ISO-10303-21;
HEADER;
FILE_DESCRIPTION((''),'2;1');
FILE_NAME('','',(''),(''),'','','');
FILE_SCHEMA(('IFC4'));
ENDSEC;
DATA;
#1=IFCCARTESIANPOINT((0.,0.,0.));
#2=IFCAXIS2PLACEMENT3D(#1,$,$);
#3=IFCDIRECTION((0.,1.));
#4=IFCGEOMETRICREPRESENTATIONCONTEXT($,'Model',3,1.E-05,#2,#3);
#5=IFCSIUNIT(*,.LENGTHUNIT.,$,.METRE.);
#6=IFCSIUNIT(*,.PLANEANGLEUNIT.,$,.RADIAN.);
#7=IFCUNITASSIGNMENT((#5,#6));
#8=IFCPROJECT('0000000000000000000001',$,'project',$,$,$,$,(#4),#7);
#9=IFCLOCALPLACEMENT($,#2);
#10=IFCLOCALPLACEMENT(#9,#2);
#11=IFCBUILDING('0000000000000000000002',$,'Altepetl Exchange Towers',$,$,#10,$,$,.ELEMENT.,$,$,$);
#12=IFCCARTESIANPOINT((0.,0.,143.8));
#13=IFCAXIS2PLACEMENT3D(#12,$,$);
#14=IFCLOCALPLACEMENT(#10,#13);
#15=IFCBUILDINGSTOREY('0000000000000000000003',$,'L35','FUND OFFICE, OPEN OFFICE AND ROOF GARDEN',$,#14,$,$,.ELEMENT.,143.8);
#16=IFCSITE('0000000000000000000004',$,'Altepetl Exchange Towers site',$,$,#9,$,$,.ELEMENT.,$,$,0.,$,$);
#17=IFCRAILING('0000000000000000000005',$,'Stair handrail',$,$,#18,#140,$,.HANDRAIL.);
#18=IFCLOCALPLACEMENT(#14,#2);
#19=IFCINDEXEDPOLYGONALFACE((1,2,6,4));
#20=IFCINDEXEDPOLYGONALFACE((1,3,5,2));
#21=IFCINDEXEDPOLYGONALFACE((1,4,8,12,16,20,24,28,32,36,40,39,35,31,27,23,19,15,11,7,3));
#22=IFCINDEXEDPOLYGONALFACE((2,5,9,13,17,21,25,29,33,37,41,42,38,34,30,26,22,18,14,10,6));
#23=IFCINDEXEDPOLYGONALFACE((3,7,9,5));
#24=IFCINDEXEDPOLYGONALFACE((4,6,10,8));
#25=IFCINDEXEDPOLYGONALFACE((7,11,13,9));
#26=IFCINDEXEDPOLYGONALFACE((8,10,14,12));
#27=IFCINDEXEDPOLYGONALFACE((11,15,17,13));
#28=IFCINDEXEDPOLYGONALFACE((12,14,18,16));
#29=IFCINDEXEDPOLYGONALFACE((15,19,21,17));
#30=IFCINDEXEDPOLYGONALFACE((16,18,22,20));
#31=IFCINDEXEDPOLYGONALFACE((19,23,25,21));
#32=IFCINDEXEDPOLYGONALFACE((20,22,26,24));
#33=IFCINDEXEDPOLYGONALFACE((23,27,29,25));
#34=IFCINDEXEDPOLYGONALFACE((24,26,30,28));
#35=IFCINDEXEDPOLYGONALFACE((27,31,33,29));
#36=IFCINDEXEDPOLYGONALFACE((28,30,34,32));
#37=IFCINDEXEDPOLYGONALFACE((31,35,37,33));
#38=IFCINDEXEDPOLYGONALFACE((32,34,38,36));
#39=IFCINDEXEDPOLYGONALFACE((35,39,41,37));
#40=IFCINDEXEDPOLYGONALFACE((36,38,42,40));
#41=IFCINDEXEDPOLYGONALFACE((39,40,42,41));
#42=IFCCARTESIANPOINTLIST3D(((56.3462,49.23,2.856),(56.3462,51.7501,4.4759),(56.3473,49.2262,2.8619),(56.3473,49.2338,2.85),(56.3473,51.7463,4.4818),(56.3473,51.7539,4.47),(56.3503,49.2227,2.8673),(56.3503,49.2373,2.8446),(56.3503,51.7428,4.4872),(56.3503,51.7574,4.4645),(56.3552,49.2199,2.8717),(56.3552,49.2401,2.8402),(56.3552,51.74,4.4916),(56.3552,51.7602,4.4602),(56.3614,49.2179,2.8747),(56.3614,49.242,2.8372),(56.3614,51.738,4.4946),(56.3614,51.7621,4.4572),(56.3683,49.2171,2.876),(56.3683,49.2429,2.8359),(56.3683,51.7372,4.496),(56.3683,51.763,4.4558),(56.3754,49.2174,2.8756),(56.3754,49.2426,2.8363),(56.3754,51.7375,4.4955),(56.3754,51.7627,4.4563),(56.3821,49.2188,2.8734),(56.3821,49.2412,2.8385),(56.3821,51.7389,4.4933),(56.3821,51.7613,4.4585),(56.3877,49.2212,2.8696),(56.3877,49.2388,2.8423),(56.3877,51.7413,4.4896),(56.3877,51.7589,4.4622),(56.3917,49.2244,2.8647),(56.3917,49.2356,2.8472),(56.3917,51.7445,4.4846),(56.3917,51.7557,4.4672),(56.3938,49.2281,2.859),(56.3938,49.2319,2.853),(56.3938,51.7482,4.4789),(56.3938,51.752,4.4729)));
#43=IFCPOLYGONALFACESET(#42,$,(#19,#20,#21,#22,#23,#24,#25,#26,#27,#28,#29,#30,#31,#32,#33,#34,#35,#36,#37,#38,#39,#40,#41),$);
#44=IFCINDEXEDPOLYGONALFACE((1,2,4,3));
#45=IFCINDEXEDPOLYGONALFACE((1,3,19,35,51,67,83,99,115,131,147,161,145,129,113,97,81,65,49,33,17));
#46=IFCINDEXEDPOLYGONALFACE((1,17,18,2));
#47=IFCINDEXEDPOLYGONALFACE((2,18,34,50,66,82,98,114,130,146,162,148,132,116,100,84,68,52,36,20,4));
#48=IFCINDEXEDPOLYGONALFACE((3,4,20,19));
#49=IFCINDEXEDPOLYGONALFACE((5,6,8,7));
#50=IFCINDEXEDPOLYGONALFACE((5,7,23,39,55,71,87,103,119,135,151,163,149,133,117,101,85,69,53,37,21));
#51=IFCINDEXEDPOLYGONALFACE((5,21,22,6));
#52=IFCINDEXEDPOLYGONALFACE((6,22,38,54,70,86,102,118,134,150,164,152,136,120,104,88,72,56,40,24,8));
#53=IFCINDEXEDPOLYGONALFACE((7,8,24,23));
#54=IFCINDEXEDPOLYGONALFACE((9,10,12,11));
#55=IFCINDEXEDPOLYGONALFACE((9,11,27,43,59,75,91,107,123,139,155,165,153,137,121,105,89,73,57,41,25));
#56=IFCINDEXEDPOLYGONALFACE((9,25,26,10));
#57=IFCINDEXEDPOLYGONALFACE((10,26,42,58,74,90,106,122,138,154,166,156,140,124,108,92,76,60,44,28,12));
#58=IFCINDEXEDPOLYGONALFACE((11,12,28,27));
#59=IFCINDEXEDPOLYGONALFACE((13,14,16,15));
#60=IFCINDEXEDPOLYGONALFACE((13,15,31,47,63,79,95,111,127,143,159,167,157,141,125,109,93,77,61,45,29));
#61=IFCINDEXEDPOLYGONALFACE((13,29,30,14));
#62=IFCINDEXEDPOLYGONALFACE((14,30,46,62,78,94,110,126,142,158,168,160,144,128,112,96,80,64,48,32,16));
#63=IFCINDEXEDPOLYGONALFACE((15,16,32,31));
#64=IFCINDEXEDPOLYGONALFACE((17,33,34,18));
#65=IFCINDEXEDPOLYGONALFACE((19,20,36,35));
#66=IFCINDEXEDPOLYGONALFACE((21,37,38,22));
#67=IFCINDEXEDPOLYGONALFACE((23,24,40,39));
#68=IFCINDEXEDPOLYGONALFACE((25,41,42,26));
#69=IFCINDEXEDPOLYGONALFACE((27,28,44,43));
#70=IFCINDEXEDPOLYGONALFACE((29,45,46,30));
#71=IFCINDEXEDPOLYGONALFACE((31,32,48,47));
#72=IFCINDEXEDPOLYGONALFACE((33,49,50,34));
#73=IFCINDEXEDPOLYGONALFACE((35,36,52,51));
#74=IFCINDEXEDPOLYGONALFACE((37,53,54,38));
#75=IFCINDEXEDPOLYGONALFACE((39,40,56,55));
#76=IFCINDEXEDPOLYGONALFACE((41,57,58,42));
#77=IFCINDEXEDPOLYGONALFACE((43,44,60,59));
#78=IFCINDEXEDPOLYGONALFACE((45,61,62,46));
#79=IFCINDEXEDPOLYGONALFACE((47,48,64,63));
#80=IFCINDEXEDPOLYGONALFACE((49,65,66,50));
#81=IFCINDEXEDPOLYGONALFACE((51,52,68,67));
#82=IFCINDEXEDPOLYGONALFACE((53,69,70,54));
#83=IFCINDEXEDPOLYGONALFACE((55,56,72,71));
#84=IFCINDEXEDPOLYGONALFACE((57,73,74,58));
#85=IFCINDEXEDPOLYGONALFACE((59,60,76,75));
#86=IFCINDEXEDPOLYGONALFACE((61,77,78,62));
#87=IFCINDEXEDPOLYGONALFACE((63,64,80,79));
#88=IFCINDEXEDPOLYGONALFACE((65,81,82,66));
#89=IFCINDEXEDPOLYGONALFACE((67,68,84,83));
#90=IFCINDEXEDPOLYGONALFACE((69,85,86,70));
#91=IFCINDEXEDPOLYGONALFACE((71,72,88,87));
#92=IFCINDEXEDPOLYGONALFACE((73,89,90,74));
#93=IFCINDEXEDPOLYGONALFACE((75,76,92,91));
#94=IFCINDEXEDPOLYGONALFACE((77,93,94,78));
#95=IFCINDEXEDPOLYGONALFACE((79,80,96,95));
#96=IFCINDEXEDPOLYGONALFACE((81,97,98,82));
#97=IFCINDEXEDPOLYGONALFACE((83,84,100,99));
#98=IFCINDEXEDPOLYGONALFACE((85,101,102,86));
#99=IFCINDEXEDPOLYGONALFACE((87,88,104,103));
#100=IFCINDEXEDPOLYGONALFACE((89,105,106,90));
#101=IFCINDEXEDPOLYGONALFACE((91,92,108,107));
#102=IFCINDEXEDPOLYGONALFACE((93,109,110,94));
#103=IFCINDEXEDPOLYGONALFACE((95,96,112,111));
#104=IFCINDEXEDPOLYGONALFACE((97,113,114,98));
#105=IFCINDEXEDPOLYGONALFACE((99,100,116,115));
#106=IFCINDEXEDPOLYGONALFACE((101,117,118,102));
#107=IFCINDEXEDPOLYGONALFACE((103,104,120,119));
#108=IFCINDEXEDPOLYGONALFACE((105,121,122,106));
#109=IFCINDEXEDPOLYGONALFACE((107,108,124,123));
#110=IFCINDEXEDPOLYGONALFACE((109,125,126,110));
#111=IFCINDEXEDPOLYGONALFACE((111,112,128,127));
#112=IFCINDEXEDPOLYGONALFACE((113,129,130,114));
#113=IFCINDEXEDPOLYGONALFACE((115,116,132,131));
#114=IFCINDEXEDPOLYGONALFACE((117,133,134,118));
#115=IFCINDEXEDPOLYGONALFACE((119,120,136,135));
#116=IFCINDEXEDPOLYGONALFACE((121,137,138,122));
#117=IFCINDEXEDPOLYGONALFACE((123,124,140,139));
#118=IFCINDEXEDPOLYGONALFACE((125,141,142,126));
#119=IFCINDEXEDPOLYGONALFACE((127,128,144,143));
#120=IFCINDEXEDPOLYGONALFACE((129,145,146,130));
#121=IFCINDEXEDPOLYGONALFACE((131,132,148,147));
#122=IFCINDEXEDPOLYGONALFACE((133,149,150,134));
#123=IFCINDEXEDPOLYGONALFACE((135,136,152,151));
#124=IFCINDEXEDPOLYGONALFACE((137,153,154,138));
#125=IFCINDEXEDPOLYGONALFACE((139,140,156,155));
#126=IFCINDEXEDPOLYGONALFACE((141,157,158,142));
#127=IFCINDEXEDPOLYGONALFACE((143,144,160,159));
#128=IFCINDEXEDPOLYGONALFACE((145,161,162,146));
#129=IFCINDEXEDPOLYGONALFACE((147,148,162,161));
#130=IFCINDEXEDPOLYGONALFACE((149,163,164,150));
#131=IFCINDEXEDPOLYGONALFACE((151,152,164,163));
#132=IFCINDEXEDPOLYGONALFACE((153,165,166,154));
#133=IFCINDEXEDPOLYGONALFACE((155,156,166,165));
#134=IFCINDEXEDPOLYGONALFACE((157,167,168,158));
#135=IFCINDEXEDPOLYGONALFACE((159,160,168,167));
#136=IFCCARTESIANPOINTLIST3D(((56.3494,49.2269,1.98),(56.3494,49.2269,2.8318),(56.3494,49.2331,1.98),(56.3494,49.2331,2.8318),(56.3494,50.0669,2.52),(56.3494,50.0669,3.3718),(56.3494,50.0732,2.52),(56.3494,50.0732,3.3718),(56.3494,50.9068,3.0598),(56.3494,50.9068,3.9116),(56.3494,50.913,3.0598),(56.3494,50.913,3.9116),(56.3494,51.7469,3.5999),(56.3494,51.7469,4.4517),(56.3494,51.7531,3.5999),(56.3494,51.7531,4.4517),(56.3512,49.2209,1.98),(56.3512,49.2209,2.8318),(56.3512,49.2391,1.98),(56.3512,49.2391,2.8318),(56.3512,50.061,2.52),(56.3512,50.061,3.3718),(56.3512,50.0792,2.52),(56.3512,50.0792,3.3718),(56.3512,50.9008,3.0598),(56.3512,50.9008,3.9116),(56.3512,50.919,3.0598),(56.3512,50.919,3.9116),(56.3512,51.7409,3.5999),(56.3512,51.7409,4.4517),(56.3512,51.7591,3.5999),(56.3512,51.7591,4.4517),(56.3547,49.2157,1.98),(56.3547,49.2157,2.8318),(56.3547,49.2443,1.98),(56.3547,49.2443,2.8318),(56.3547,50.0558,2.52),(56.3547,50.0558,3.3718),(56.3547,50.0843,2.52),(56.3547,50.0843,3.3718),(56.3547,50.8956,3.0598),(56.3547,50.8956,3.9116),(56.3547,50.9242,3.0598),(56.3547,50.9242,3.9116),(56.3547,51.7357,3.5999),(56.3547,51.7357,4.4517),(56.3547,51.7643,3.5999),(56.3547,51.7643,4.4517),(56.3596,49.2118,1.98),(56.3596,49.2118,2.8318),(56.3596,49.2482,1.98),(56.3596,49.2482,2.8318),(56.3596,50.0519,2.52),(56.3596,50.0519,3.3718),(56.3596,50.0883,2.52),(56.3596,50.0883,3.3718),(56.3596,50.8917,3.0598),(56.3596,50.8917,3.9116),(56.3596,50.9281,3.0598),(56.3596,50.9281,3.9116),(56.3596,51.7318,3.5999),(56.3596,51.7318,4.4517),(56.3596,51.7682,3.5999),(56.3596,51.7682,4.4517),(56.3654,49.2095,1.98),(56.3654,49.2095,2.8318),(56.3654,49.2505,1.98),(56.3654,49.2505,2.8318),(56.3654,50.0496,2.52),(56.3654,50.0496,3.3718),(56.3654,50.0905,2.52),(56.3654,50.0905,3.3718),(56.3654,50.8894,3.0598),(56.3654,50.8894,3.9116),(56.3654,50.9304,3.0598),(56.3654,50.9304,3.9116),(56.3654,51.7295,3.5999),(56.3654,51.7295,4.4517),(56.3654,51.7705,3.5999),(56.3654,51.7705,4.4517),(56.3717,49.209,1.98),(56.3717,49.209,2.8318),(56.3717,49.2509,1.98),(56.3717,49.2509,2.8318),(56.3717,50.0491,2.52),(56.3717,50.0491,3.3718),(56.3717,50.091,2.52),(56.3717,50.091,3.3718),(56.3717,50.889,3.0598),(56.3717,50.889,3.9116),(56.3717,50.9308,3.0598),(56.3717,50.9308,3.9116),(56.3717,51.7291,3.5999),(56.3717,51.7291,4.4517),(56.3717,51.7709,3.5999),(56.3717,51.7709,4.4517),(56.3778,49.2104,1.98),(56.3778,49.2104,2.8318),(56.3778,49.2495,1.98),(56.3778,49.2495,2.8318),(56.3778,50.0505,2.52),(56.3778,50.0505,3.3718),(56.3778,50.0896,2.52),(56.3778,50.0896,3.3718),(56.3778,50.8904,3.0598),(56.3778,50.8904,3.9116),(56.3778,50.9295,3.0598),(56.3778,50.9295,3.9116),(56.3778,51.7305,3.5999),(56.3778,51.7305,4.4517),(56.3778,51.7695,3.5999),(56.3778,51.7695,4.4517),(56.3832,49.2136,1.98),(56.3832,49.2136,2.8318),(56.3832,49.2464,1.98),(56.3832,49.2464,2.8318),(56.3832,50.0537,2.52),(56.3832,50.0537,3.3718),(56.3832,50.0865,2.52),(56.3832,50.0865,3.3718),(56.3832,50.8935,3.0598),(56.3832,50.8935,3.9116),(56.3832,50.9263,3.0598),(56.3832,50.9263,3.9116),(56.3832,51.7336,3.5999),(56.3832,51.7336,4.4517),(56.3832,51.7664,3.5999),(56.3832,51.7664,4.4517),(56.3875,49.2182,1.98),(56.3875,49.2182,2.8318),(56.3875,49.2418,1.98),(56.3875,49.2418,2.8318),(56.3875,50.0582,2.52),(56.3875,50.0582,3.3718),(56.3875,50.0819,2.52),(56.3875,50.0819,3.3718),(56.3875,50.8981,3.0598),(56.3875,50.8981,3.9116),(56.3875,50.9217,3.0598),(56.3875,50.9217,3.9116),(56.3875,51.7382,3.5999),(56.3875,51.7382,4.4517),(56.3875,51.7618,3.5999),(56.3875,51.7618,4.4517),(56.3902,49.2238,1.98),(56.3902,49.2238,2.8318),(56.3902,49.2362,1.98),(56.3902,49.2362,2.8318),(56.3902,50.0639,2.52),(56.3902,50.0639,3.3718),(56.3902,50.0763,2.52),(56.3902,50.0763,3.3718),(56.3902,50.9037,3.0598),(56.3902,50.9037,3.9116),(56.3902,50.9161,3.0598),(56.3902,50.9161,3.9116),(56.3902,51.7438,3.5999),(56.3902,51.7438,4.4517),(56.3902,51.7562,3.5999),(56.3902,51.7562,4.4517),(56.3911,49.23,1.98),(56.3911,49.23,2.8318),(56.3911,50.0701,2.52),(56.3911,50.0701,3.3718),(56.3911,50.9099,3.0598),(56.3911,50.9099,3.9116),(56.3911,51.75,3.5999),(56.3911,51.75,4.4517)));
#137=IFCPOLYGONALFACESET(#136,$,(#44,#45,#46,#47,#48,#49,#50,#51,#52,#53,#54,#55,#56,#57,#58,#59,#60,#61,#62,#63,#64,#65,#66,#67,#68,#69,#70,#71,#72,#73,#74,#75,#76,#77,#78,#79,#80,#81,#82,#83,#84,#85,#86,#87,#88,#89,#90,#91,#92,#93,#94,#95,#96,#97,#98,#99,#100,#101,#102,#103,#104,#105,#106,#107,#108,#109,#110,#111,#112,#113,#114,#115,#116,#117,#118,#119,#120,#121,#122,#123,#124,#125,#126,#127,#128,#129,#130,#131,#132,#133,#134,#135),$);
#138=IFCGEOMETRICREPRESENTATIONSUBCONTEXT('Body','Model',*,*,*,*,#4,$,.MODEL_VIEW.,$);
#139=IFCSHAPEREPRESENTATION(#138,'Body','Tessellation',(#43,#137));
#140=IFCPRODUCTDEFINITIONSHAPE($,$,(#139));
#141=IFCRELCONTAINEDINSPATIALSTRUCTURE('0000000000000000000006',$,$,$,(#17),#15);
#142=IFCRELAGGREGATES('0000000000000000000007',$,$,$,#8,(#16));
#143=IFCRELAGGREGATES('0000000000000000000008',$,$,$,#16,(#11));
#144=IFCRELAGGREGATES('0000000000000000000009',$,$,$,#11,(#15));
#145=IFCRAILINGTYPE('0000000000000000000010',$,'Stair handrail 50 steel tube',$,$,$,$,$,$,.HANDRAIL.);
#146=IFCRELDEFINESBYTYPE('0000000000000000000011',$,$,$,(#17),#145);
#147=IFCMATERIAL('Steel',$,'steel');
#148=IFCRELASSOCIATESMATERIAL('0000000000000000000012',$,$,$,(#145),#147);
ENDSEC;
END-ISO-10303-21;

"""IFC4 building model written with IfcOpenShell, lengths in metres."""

from ifc_helpers import new_model, si_unit, direction, frame, origin, origin_2d, place, context, subcontext, project, spatial, circle, extrude, source, transform, mapped, material, type_object, element, save


model = new_model("IFC4")

# Units and contexts
model_context = context("Model", 3, precision=1e-05, world=origin(), true_north=direction((0.0, 1.0)))
body_context = subcontext(model_context, "Body", "Model", "MODEL_VIEW")
ifc_project = project(units=[si_unit("LENGTHUNIT", "METRE"), si_unit("PLANEANGLEUNIT", "RADIAN")], contexts=[model_context])

# Site, building, storey
site_placement = place(None, origin())
site = spatial("IfcSite", under=ifc_project, at=site_placement, Name="Altepetl Exchange Towers site", CompositionType="ELEMENT", RefElevation=0.0)
building_placement = place(site_placement, origin())
building = spatial("IfcBuilding", under=site, at=building_placement, Name="Altepetl Exchange Towers", CompositionType="ELEMENT")
storey_placement = place(building_placement, frame((0.0, 0.0, 143.8)))
storey = spatial("IfcBuildingStorey", under=building, at=storey_placement, Name="L35", Description="FUND OFFICE, OPEN OFFICE AND ROOF GARDEN", CompositionType="ELEMENT", Elevation=143.8)

# Railing
ifc_material_1 = material(Name="Steel", Category="steel")
railing_type = type_object("IfcRailingType", Name="Stair handrail 50 steel tube", PredefinedType="HANDRAIL", material=ifc_material_1)
shared_shape = source(origin(), body_context, "Body", "SweptSolid", [
    extrude(circle(Radius=0.021, at=origin_2d()), origin(), (0.0, 0.0, 1.0), 0.8518),
])
railing_placement = place(storey_placement, frame((56.3701, 49.23, 1.98)))
element("IfcRailing", 1, at=railing_placement, inside=storey, type_object=railing_type, Name="Stair handrail", PredefinedType="HANDRAIL", context=body_context, shape_type="SweptSolid", body=[
    extrude(circle(Radius=0.0239, at=origin_2d()), frame((0.0, 0.0, 0.876), z_axis=(0.0, 0.8412, 0.540725), x_axis=(-1.0, 0.0, 0.0)), (0.0, 0.0, 1.0), 2.9958),
    mapped(shared_shape, transform((0.0, 0.0, 0.0))),
    mapped(shared_shape, transform((0.0, 0.8401, 0.54))),
    mapped(shared_shape, transform((0.0, 1.6799, 1.0798))),
    mapped(shared_shape, transform((0.0, 2.52, 1.6199))),
])

save(model, "model.ifc")
